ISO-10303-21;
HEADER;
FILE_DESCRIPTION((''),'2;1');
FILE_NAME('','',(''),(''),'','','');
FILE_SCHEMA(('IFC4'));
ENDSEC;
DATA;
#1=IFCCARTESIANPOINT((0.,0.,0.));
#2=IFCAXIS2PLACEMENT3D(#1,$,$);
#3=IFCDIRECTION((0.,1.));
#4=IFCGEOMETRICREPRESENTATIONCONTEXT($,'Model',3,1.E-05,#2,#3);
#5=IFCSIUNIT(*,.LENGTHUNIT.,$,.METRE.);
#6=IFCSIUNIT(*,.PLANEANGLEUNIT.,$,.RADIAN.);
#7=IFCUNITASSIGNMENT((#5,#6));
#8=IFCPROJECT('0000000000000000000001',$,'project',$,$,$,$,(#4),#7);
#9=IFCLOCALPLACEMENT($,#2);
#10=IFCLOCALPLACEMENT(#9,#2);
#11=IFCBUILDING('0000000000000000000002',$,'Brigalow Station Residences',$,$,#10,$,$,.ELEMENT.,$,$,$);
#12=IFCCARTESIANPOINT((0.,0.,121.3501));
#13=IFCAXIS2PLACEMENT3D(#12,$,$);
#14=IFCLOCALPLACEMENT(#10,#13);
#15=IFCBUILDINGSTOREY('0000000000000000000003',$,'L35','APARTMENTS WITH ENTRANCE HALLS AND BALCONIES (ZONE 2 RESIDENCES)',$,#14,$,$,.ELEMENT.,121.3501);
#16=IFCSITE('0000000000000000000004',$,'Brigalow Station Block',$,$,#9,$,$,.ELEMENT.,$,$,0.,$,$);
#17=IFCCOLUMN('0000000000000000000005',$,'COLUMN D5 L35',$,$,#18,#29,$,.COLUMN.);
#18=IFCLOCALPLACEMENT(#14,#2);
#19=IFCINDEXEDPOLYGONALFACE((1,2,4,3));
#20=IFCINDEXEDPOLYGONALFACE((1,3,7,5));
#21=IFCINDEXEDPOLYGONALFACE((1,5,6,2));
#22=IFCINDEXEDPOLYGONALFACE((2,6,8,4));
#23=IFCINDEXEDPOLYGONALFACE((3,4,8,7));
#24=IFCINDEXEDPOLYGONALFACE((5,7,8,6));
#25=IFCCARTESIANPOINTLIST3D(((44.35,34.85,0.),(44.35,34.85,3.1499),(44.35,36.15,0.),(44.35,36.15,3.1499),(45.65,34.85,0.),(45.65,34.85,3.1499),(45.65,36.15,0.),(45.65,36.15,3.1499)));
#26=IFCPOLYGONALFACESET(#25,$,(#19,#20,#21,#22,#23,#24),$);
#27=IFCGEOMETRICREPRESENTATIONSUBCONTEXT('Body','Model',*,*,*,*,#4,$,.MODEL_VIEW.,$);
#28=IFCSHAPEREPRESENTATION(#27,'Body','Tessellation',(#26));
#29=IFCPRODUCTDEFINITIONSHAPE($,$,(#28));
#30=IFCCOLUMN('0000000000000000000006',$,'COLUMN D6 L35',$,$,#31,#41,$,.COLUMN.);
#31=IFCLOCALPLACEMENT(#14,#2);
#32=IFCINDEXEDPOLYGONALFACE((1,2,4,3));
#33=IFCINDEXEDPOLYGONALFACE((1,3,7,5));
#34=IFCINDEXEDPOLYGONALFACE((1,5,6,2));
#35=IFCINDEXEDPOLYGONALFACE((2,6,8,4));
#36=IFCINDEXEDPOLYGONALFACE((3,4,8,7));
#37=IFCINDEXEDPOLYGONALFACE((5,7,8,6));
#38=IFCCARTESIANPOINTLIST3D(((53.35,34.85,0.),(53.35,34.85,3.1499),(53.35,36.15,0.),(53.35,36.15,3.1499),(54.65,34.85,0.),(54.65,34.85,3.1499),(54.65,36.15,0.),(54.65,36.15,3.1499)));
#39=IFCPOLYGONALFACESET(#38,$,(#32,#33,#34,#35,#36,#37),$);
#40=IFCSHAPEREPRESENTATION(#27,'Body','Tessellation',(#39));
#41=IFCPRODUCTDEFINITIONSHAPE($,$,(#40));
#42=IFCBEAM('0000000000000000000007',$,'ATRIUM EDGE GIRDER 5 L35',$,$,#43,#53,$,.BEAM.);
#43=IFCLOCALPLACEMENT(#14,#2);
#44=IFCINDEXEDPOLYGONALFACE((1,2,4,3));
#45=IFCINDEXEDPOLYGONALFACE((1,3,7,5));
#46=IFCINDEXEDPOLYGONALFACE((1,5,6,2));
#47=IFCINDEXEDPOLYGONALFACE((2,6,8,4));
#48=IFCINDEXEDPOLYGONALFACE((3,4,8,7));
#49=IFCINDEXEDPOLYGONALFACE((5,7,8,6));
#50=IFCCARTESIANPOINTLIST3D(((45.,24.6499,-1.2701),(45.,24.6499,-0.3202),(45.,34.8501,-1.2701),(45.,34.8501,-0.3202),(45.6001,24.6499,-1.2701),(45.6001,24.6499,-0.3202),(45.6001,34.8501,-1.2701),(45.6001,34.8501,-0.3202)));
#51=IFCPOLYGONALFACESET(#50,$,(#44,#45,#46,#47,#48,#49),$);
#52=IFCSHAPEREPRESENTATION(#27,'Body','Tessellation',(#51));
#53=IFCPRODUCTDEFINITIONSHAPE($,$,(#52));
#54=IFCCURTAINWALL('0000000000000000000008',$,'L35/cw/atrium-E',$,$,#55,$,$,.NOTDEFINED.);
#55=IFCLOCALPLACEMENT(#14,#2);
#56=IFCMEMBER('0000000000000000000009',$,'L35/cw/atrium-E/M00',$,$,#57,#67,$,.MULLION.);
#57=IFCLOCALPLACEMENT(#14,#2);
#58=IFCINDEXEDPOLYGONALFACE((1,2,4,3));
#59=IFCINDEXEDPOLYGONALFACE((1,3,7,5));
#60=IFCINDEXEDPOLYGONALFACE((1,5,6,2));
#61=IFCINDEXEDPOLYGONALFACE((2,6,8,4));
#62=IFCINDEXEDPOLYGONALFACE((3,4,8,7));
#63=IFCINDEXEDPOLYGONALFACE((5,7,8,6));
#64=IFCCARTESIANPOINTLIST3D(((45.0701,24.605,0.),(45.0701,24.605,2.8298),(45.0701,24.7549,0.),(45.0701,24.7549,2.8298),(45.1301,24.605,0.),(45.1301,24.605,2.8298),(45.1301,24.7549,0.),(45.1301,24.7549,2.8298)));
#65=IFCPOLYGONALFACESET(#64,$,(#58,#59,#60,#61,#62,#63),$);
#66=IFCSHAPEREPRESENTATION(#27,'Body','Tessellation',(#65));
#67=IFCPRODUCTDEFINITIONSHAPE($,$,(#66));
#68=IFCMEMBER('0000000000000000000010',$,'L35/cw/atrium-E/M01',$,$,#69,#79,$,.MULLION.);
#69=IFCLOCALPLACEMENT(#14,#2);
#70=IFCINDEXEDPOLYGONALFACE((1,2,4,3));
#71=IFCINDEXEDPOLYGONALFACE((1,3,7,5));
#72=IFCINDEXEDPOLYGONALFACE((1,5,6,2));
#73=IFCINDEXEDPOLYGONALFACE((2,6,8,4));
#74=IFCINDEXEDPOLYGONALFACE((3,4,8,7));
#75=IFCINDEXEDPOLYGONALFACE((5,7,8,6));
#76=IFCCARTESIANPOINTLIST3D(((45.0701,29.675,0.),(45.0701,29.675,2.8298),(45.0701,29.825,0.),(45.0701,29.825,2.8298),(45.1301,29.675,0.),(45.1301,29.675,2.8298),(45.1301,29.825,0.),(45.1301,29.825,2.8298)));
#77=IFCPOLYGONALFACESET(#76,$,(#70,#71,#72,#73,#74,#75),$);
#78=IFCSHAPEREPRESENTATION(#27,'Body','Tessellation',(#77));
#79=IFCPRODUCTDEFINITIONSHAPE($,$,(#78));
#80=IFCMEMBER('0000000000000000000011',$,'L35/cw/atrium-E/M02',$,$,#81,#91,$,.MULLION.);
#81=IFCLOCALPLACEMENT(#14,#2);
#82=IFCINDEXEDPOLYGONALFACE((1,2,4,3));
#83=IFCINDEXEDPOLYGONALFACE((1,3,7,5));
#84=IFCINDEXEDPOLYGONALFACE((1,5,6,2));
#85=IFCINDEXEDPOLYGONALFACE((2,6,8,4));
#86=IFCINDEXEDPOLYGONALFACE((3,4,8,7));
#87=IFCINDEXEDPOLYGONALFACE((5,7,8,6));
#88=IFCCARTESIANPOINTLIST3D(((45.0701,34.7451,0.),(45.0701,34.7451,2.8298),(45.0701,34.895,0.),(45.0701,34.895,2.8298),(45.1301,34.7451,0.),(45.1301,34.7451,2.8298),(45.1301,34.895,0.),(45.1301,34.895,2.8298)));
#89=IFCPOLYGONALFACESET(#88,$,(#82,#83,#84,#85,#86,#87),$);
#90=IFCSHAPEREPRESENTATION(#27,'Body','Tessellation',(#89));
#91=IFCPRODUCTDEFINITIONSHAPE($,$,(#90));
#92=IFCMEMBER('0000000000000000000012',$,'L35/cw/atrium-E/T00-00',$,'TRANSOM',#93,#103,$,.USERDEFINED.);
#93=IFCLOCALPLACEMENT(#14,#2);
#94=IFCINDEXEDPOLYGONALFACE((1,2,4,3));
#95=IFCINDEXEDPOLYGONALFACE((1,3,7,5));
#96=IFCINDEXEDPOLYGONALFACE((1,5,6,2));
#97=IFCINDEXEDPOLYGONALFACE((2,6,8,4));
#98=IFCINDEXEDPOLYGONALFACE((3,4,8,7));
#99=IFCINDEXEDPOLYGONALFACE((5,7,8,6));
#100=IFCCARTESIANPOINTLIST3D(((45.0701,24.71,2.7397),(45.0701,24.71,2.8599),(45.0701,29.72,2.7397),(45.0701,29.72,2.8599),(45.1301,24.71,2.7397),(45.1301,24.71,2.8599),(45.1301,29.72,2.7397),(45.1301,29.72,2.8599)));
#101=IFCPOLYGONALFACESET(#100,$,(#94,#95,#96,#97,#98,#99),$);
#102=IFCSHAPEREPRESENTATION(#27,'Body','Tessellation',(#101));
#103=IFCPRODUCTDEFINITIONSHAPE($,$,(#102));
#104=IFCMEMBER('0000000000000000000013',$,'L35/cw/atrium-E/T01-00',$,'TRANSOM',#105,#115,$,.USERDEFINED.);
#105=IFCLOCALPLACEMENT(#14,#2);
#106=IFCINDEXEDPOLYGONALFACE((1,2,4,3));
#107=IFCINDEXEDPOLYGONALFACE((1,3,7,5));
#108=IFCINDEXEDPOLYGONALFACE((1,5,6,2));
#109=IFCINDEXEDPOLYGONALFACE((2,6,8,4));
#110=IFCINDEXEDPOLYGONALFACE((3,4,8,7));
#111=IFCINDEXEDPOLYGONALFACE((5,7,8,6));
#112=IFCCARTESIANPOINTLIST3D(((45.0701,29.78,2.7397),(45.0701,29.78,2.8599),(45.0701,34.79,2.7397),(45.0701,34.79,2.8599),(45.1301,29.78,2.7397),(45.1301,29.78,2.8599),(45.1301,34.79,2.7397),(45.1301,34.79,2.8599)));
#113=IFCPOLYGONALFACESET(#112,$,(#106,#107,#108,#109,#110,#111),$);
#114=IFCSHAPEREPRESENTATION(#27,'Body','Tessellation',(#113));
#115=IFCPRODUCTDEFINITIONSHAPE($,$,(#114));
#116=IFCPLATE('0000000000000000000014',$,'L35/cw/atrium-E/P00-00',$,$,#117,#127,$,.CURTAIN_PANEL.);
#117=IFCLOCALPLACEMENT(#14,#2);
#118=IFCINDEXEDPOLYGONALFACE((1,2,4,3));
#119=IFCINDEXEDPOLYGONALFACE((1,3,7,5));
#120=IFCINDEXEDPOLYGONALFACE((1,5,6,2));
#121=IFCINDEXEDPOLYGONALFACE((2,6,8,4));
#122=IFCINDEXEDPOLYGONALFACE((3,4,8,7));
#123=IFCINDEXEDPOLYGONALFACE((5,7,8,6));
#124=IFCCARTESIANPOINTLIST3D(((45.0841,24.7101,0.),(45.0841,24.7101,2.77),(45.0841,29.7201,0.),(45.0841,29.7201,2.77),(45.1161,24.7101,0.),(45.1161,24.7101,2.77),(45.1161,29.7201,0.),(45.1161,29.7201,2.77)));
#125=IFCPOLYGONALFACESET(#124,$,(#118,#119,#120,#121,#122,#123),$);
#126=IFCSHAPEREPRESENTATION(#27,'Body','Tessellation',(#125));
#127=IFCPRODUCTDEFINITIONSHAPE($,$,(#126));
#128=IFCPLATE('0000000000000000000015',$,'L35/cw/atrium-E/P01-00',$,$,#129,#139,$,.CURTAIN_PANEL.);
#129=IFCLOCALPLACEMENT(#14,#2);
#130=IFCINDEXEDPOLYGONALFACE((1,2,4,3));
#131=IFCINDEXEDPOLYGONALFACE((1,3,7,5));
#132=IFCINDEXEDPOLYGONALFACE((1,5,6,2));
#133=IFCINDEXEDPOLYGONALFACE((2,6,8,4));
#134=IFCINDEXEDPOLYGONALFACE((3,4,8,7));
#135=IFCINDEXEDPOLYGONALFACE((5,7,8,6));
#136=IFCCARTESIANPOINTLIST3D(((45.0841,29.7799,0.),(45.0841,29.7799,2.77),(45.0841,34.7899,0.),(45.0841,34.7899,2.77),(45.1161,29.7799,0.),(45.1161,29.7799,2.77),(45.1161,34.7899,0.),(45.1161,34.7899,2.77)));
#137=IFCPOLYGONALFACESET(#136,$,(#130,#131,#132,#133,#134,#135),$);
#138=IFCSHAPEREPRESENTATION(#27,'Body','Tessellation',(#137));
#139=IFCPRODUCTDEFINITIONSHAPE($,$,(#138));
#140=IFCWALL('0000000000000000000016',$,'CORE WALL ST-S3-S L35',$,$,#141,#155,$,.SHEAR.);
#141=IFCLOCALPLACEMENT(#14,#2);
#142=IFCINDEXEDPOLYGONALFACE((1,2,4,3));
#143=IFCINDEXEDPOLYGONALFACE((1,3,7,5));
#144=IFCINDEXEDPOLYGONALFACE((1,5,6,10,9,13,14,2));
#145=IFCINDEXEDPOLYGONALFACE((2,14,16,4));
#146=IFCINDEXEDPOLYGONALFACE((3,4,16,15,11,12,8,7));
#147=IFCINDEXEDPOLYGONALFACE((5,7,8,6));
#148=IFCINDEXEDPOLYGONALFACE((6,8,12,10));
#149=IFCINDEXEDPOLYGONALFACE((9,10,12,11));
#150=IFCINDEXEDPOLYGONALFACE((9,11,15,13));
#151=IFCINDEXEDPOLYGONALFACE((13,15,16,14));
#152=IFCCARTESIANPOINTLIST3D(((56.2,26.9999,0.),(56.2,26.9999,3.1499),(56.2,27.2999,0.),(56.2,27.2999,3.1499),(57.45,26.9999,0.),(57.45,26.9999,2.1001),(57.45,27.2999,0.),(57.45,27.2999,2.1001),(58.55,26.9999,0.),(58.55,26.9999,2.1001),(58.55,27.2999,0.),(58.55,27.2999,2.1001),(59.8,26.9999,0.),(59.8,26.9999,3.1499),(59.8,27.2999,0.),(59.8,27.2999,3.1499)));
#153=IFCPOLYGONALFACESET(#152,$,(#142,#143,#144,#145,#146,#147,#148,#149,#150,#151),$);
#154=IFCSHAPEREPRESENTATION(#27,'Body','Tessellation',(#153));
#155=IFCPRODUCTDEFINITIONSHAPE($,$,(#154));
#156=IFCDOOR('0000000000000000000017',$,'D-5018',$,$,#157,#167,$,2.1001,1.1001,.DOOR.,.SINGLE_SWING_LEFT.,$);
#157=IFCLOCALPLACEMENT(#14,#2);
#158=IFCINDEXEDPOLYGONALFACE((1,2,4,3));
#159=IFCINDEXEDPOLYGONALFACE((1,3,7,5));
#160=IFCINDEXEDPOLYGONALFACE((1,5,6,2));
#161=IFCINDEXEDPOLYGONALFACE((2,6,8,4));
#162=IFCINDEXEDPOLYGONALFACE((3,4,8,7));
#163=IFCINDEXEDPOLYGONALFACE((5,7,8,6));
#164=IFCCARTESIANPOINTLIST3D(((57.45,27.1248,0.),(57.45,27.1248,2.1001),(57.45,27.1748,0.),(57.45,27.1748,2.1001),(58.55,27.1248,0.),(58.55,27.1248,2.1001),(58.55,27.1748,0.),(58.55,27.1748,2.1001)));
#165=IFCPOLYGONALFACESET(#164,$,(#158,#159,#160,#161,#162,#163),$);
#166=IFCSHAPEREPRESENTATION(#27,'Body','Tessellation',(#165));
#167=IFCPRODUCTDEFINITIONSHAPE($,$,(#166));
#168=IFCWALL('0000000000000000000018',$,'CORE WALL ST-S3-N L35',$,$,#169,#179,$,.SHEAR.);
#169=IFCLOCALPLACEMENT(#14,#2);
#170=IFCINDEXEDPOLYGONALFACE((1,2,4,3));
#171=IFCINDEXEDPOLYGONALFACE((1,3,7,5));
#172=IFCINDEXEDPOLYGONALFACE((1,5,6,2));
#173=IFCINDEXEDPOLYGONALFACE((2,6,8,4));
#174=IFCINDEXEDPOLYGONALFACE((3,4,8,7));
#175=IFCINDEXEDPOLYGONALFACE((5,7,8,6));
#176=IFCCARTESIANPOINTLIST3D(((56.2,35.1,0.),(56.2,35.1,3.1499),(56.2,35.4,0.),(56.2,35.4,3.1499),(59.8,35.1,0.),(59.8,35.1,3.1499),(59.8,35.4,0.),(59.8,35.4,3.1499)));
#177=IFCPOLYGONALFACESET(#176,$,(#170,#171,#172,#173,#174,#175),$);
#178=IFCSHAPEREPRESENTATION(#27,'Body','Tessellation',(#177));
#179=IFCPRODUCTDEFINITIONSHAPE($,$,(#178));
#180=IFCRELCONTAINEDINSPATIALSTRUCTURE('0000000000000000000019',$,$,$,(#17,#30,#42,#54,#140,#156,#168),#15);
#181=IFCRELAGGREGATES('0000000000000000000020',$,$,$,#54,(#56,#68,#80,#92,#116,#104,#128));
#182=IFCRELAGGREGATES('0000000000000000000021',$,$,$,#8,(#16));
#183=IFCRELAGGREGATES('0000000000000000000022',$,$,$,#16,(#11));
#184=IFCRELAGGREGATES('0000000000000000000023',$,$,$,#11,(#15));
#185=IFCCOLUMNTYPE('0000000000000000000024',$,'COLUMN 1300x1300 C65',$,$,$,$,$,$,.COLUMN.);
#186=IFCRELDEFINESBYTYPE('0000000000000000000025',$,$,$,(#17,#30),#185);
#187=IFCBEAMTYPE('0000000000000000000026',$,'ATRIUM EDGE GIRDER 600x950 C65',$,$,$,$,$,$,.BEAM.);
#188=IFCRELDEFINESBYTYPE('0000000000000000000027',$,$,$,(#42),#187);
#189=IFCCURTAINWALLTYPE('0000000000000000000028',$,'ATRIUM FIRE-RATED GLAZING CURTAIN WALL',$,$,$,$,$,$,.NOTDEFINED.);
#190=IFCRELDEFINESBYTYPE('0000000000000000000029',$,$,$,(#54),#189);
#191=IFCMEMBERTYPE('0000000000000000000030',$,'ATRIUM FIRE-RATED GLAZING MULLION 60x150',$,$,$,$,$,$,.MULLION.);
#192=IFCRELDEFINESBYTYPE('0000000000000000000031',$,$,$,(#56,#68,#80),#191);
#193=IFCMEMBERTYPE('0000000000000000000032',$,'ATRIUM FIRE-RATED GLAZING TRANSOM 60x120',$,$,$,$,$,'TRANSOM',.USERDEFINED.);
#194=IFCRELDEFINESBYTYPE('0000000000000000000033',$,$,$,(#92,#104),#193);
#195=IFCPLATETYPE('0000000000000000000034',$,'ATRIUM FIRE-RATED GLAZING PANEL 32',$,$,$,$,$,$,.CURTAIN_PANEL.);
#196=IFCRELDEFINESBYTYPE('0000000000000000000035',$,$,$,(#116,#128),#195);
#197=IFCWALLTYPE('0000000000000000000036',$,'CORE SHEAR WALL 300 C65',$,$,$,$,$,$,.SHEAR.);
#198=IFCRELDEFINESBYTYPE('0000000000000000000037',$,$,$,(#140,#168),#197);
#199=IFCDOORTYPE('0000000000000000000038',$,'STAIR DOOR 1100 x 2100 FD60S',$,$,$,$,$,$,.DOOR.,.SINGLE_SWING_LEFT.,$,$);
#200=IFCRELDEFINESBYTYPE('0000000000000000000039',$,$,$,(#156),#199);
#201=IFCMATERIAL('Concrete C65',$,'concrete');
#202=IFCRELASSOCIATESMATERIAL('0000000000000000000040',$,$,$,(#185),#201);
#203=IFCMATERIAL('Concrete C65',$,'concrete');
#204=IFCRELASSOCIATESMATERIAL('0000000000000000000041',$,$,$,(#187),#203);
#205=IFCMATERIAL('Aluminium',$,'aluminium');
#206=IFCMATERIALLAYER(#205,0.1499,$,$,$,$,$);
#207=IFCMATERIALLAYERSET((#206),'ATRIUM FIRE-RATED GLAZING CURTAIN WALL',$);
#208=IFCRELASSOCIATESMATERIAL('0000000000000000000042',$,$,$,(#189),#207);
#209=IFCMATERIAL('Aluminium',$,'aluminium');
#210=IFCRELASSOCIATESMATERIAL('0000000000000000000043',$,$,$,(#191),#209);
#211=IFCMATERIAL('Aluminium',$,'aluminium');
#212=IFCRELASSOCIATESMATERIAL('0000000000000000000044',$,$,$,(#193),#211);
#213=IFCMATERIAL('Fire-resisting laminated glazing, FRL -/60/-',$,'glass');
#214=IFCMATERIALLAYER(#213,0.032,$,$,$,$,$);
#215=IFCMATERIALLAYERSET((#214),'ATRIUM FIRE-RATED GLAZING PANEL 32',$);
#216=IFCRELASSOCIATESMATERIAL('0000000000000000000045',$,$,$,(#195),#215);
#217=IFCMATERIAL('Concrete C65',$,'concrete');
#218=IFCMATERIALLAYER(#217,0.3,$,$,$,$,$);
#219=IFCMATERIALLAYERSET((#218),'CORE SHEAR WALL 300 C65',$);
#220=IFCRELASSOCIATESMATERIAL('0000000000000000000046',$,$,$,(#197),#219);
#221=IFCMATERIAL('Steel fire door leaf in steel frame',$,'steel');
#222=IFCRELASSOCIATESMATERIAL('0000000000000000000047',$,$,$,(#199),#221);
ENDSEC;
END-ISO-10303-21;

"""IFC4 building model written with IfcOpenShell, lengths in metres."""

from ifc_helpers import new_model, si_unit, direction, frame, frame_2d, origin, origin_2d, place, context, subcontext, project, spatial, rectangle, extrude, material, layer, layer_set, material_profile, profile_set, type_object, element, fill, aggregate, save


model = new_model("IFC4")

# Units and contexts
model_context = context("Model", 3, precision=1e-05, world=origin(), true_north=direction((0.0, 1.0)))
body_context = subcontext(model_context, "Body", "Model", "MODEL_VIEW")
ifc_project = project(units=[si_unit("LENGTHUNIT", "METRE"), si_unit("PLANEANGLEUNIT", "RADIAN")], contexts=[model_context])

# Site, building, storey
site_placement = place(None, origin())
site = spatial("IfcSite", under=ifc_project, at=site_placement, Name="Brigalow Station Block", CompositionType="ELEMENT", RefElevation=0.0)
building_placement = place(site_placement, origin())
building = spatial("IfcBuilding", under=site, at=building_placement, Name="Brigalow Station Residences", CompositionType="ELEMENT")
storey_placement = place(building_placement, frame((0.0, 0.0, 121.3501)))
storey = spatial("IfcBuildingStorey", under=building, at=storey_placement, Name="L35", Description="APARTMENTS WITH ENTRANCE HALLS AND BALCONIES (ZONE 2 RESIDENCES)", CompositionType="ELEMENT", Elevation=121.3501)

# Columns
ifc_material_1 = material(Name="Concrete C65", Category="concrete")
ifc_material_profile_1 = material_profile(ifc_material_1, rectangle(XDim=1.3, YDim=1.3, at=origin_2d()), Name="RC1300x1300")
ifc_profile_set_1 = profile_set([ifc_material_profile_1], Name="Concrete C65")
column_type = type_object("IfcColumnType", Name="COLUMN 1300x1300 C65", PredefinedType="COLUMN", material=ifc_profile_set_1)
for number, where, z_axis, x_axis, name in (
    (1, (45.0, 35.5, 0.0), (0.0, 0.0, 1.0), (1.0, 0.0, 0.0), "COLUMN D5 L35"),
    (2, (54.0, 35.5, 0.0), (0.0, 0.0, 1.0), (1.0, 0.0, 0.0), "COLUMN D6 L35"),
):
    element("IfcColumn", number, at=place(storey_placement, frame(where, z_axis=z_axis, x_axis=x_axis)), inside=storey, type_object=column_type, Name=name, PredefinedType="COLUMN", context=body_context, shape_type="SweptSolid", body=[
        extrude(rectangle(XDim=1.3, YDim=1.3, at=origin_2d()), origin(), (0.0, 0.0, 1.0), 3.1499),
    ])

# Beam
ifc_material_2 = material(Name="Concrete C65", Category="concrete")
ifc_material_profile_2 = material_profile(ifc_material_2, rectangle(XDim=0.6001, YDim=0.95, at=origin_2d()), Name="RC600x950")
ifc_profile_set_2 = profile_set([ifc_material_profile_2], Name="Concrete C65")
beam_type = type_object("IfcBeamType", Name="ATRIUM EDGE GIRDER 600x950 C65", PredefinedType="BEAM", material=ifc_profile_set_2)
beam_placement = place(storey_placement, frame((45.3, 24.6499, -0.7952), z_axis=(0.0, 1.0, 0.0), x_axis=(-1.0, 0.0, 0.0)))
element("IfcBeam", 3, at=beam_placement, inside=storey, type_object=beam_type, Name="ATRIUM EDGE GIRDER 5 L35", PredefinedType="BEAM", context=body_context, shape_type="SweptSolid", body=[
    extrude(rectangle(XDim=0.6001, YDim=0.95, at=origin_2d()), origin(), (0.0, 0.0, 1.0), 10.2002),
])

# Curtain wall, members, plates
ifc_material_3 = material(Name="Aluminium", Category="aluminium")
ifc_layer_1 = layer(ifc_material_3, 0.1499)
ifc_layer_set_1 = layer_set([ifc_layer_1], Name="ATRIUM FIRE-RATED GLAZING CURTAIN WALL")
curtain_wall_type = type_object("IfcCurtainWallType", Name="ATRIUM FIRE-RATED GLAZING CURTAIN WALL", PredefinedType="NOTDEFINED", material=ifc_layer_set_1)
curtain_wall_placement = place(storey_placement, origin())
curtain_wall = element("IfcCurtainWall", 4, at=curtain_wall_placement, inside=storey, type_object=curtain_wall_type, Name="L35/cw/atrium-E", PredefinedType="NOTDEFINED")
ifc_material_4 = material(Name="Aluminium", Category="aluminium")
ifc_material_profile_3 = material_profile(ifc_material_4, rectangle(XDim=0.0601, YDim=0.1499, at=origin_2d()), Name="ATRIUM FIRE-RATED GLAZING MULLION 60x150")
ifc_profile_set_3 = profile_set([ifc_material_profile_3], Name="Aluminium")
member_type_1 = type_object("IfcMemberType", Name="ATRIUM FIRE-RATED GLAZING MULLION 60x150", PredefinedType="MULLION", material=ifc_profile_set_3)
member_1_placement = place(storey_placement, frame((45.1001, 24.6799, 0.0), z_axis=(0.0, 0.0, 1.0), x_axis=(-1.0, 0.0, 0.0)))
member_1 = element("IfcMember", 5, at=member_1_placement, type_object=member_type_1, Name="L35/cw/atrium-E/M00", PredefinedType="MULLION", context=body_context, shape_type="SweptSolid", body=[
    extrude(rectangle(XDim=0.0601, YDim=0.1499, at=origin_2d()), origin(), (0.0, 0.0, 1.0), 2.8298),
])
member_2_placement = place(storey_placement, frame((45.1001, 29.75, 0.0), z_axis=(0.0, 0.0, 1.0), x_axis=(-1.0, 0.0, 0.0)))
member_2 = element("IfcMember", 6, at=member_2_placement, type_object=member_type_1, Name="L35/cw/atrium-E/M01", PredefinedType="MULLION", context=body_context, shape_type="SweptSolid", body=[
    extrude(rectangle(XDim=0.0601, YDim=0.1499, at=origin_2d()), origin(), (0.0, 0.0, 1.0), 2.8298),
])
member_3_placement = place(storey_placement, frame((45.1001, 34.8201, 0.0), z_axis=(0.0, 0.0, 1.0), x_axis=(-1.0, 0.0, 0.0)))
member_3 = element("IfcMember", 7, at=member_3_placement, type_object=member_type_1, Name="L35/cw/atrium-E/M02", PredefinedType="MULLION", context=body_context, shape_type="SweptSolid", body=[
    extrude(rectangle(XDim=0.0601, YDim=0.1499, at=origin_2d()), origin(), (0.0, 0.0, 1.0), 2.8298),
])
ifc_material_5 = material(Name="Aluminium", Category="aluminium")
ifc_material_profile_4 = material_profile(ifc_material_5, rectangle(XDim=0.0601, YDim=0.1201, at=origin_2d()), Name="ATRIUM FIRE-RATED GLAZING TRANSOM 60x120")
ifc_profile_set_4 = profile_set([ifc_material_profile_4], Name="Aluminium")
member_type_2 = type_object("IfcMemberType", Name="ATRIUM FIRE-RATED GLAZING TRANSOM 60x120", ElementType="TRANSOM", PredefinedType="USERDEFINED", material=ifc_profile_set_4)
member_4_placement = place(storey_placement, frame((45.1001, 24.71, 2.7998), z_axis=(0.0, 1.0, 0.0), x_axis=(-1.0, 0.0, 0.0)))
member_4 = element("IfcMember", 8, at=member_4_placement, type_object=member_type_2, Name="L35/cw/atrium-E/T00-00", ObjectType="TRANSOM", PredefinedType="USERDEFINED", context=body_context, shape_type="SweptSolid", body=[
    extrude(rectangle(XDim=0.0601, YDim=0.1201, at=origin_2d()), origin(), (0.0, 0.0, 1.0), 5.01),
])
member_5_placement = place(storey_placement, frame((45.1001, 29.78, 2.7998), z_axis=(0.0, 1.0, 0.0), x_axis=(-1.0, 0.0, 0.0)))
member_5 = element("IfcMember", 9, at=member_5_placement, type_object=member_type_2, Name="L35/cw/atrium-E/T01-00", ObjectType="TRANSOM", PredefinedType="USERDEFINED", context=body_context, shape_type="SweptSolid", body=[
    extrude(rectangle(XDim=0.0601, YDim=0.1201, at=origin_2d()), origin(), (0.0, 0.0, 1.0), 5.01),
])
ifc_material_6 = material(Name="Fire-resisting laminated glazing, FRL -/60/-", Category="glass")
ifc_layer_2 = layer(ifc_material_6, 0.032)
ifc_layer_set_2 = layer_set([ifc_layer_2], Name="ATRIUM FIRE-RATED GLAZING PANEL 32")
plate_type = type_object("IfcPlateType", Name="ATRIUM FIRE-RATED GLAZING PANEL 32", PredefinedType="CURTAIN_PANEL", material=ifc_layer_set_2)
plate_1_placement = place(storey_placement, frame((45.1001, 27.2151, 0.0), z_axis=(0.0, 0.0, 1.0), x_axis=(0.0, 1.0, 0.0)))
plate_1 = element("IfcPlate", 10, at=plate_1_placement, type_object=plate_type, Name="L35/cw/atrium-E/P00-00", PredefinedType="CURTAIN_PANEL", context=body_context, shape_type="SweptSolid", body=[
    extrude(rectangle(XDim=5.01, YDim=0.032, at=origin_2d()), origin(), (0.0, 0.0, 1.0), 2.77),
])
plate_2_placement = place(storey_placement, frame((45.1001, 32.2849, 0.0), z_axis=(0.0, 0.0, 1.0), x_axis=(0.0, 1.0, 0.0)))
plate_2 = element("IfcPlate", 11, at=plate_2_placement, type_object=plate_type, Name="L35/cw/atrium-E/P01-00", PredefinedType="CURTAIN_PANEL", context=body_context, shape_type="SweptSolid", body=[
    extrude(rectangle(XDim=5.01, YDim=0.032, at=origin_2d()), origin(), (0.0, 0.0, 1.0), 2.77),
])
aggregate(curtain_wall, [member_1, member_2, member_3, member_4, plate_1, member_5, plate_2])

# Wall, opening, door
ifc_material_7 = material(Name="Concrete C65", Category="concrete")
ifc_layer_3 = layer(ifc_material_7, 0.3)
ifc_layer_set_3 = layer_set([ifc_layer_3], Name="CORE SHEAR WALL 300 C65")
wall_type_1 = type_object("IfcWallType", Name="CORE SHEAR WALL 300 C65", PredefinedType="SHEAR", material=ifc_layer_set_3)
wall_1_placement = place(storey_placement, frame((56.2, 27.1499, 0.0), z_axis=(0.0, 0.0, 1.0), x_axis=(1.0, 0.0, 0.0)))
wall_1 = element("IfcWall", 12, at=wall_1_placement, inside=storey, type_object=wall_type_1, Name="CORE WALL ST-S3-S L35", PredefinedType="SHEAR", context=body_context, shape_type="SweptSolid", body=[
    extrude(rectangle(XDim=3.6001, YDim=0.3, at=frame_2d((1.8, 0.0))), origin(), (0.0, 0.0, 1.0), 3.1499),
])
opening_1_placement = place(wall_1_placement, frame((1.25, 0.0, 0.0)))
opening_1 = element("IfcOpeningElement", 13, at=opening_1_placement, cuts=wall_1, PredefinedType="OPENING", context=body_context, shape_type="SweptSolid", body=[
    extrude(rectangle(XDim=1.1001, YDim=2.1001, at=frame_2d((0.55, 1.05))), frame((0.0, 0.1602, 0.0), z_axis=(0.0, -1.0, 0.0), x_axis=(1.0, 0.0, 0.0)), (0.0, 0.0, 1.0), 0.3201),
])
ifc_material_8 = material(Name="Steel fire door leaf in steel frame", Category="steel")
door_type_1 = type_object("IfcDoorType", Name="STAIR DOOR 1100 x 2100 FD60S", OperationType="SINGLE_SWING_LEFT", PredefinedType="DOOR", material=ifc_material_8)
door_1_placement = place(opening_1_placement, origin())
door_1 = element("IfcDoor", 14, at=door_1_placement, inside=storey, type_object=door_type_1, Name="D-5018", OperationType="SINGLE_SWING_LEFT", OverallHeight=2.1001, OverallWidth=1.1001, PredefinedType="DOOR", context=body_context, shape_type="SweptSolid", body=[
    extrude(rectangle(XDim=1.1001, YDim=2.1001, at=frame_2d((0.55, 1.05))), frame((0.0, 0.0249, 0.0), z_axis=(0.0, -1.0, 0.0), x_axis=(1.0, 0.0, 0.0)), (0.0, 0.0, 1.0), 0.05),
])
fill(opening_1, door_1)

# Wall
wall_2_placement = place(storey_placement, frame((56.2, 35.25, 0.0), z_axis=(0.0, 0.0, 1.0), x_axis=(1.0, 0.0, 0.0)))
element("IfcWall", 15, at=wall_2_placement, inside=storey, type_object=wall_type_1, Name="CORE WALL ST-S3-N L35", PredefinedType="SHEAR", context=body_context, shape_type="SweptSolid", body=[
    extrude(rectangle(XDim=3.6001, YDim=0.3, at=frame_2d((1.8, 0.0))), origin(), (0.0, 0.0, 1.0), 3.1499),
])

save(model, "model.ifc")
